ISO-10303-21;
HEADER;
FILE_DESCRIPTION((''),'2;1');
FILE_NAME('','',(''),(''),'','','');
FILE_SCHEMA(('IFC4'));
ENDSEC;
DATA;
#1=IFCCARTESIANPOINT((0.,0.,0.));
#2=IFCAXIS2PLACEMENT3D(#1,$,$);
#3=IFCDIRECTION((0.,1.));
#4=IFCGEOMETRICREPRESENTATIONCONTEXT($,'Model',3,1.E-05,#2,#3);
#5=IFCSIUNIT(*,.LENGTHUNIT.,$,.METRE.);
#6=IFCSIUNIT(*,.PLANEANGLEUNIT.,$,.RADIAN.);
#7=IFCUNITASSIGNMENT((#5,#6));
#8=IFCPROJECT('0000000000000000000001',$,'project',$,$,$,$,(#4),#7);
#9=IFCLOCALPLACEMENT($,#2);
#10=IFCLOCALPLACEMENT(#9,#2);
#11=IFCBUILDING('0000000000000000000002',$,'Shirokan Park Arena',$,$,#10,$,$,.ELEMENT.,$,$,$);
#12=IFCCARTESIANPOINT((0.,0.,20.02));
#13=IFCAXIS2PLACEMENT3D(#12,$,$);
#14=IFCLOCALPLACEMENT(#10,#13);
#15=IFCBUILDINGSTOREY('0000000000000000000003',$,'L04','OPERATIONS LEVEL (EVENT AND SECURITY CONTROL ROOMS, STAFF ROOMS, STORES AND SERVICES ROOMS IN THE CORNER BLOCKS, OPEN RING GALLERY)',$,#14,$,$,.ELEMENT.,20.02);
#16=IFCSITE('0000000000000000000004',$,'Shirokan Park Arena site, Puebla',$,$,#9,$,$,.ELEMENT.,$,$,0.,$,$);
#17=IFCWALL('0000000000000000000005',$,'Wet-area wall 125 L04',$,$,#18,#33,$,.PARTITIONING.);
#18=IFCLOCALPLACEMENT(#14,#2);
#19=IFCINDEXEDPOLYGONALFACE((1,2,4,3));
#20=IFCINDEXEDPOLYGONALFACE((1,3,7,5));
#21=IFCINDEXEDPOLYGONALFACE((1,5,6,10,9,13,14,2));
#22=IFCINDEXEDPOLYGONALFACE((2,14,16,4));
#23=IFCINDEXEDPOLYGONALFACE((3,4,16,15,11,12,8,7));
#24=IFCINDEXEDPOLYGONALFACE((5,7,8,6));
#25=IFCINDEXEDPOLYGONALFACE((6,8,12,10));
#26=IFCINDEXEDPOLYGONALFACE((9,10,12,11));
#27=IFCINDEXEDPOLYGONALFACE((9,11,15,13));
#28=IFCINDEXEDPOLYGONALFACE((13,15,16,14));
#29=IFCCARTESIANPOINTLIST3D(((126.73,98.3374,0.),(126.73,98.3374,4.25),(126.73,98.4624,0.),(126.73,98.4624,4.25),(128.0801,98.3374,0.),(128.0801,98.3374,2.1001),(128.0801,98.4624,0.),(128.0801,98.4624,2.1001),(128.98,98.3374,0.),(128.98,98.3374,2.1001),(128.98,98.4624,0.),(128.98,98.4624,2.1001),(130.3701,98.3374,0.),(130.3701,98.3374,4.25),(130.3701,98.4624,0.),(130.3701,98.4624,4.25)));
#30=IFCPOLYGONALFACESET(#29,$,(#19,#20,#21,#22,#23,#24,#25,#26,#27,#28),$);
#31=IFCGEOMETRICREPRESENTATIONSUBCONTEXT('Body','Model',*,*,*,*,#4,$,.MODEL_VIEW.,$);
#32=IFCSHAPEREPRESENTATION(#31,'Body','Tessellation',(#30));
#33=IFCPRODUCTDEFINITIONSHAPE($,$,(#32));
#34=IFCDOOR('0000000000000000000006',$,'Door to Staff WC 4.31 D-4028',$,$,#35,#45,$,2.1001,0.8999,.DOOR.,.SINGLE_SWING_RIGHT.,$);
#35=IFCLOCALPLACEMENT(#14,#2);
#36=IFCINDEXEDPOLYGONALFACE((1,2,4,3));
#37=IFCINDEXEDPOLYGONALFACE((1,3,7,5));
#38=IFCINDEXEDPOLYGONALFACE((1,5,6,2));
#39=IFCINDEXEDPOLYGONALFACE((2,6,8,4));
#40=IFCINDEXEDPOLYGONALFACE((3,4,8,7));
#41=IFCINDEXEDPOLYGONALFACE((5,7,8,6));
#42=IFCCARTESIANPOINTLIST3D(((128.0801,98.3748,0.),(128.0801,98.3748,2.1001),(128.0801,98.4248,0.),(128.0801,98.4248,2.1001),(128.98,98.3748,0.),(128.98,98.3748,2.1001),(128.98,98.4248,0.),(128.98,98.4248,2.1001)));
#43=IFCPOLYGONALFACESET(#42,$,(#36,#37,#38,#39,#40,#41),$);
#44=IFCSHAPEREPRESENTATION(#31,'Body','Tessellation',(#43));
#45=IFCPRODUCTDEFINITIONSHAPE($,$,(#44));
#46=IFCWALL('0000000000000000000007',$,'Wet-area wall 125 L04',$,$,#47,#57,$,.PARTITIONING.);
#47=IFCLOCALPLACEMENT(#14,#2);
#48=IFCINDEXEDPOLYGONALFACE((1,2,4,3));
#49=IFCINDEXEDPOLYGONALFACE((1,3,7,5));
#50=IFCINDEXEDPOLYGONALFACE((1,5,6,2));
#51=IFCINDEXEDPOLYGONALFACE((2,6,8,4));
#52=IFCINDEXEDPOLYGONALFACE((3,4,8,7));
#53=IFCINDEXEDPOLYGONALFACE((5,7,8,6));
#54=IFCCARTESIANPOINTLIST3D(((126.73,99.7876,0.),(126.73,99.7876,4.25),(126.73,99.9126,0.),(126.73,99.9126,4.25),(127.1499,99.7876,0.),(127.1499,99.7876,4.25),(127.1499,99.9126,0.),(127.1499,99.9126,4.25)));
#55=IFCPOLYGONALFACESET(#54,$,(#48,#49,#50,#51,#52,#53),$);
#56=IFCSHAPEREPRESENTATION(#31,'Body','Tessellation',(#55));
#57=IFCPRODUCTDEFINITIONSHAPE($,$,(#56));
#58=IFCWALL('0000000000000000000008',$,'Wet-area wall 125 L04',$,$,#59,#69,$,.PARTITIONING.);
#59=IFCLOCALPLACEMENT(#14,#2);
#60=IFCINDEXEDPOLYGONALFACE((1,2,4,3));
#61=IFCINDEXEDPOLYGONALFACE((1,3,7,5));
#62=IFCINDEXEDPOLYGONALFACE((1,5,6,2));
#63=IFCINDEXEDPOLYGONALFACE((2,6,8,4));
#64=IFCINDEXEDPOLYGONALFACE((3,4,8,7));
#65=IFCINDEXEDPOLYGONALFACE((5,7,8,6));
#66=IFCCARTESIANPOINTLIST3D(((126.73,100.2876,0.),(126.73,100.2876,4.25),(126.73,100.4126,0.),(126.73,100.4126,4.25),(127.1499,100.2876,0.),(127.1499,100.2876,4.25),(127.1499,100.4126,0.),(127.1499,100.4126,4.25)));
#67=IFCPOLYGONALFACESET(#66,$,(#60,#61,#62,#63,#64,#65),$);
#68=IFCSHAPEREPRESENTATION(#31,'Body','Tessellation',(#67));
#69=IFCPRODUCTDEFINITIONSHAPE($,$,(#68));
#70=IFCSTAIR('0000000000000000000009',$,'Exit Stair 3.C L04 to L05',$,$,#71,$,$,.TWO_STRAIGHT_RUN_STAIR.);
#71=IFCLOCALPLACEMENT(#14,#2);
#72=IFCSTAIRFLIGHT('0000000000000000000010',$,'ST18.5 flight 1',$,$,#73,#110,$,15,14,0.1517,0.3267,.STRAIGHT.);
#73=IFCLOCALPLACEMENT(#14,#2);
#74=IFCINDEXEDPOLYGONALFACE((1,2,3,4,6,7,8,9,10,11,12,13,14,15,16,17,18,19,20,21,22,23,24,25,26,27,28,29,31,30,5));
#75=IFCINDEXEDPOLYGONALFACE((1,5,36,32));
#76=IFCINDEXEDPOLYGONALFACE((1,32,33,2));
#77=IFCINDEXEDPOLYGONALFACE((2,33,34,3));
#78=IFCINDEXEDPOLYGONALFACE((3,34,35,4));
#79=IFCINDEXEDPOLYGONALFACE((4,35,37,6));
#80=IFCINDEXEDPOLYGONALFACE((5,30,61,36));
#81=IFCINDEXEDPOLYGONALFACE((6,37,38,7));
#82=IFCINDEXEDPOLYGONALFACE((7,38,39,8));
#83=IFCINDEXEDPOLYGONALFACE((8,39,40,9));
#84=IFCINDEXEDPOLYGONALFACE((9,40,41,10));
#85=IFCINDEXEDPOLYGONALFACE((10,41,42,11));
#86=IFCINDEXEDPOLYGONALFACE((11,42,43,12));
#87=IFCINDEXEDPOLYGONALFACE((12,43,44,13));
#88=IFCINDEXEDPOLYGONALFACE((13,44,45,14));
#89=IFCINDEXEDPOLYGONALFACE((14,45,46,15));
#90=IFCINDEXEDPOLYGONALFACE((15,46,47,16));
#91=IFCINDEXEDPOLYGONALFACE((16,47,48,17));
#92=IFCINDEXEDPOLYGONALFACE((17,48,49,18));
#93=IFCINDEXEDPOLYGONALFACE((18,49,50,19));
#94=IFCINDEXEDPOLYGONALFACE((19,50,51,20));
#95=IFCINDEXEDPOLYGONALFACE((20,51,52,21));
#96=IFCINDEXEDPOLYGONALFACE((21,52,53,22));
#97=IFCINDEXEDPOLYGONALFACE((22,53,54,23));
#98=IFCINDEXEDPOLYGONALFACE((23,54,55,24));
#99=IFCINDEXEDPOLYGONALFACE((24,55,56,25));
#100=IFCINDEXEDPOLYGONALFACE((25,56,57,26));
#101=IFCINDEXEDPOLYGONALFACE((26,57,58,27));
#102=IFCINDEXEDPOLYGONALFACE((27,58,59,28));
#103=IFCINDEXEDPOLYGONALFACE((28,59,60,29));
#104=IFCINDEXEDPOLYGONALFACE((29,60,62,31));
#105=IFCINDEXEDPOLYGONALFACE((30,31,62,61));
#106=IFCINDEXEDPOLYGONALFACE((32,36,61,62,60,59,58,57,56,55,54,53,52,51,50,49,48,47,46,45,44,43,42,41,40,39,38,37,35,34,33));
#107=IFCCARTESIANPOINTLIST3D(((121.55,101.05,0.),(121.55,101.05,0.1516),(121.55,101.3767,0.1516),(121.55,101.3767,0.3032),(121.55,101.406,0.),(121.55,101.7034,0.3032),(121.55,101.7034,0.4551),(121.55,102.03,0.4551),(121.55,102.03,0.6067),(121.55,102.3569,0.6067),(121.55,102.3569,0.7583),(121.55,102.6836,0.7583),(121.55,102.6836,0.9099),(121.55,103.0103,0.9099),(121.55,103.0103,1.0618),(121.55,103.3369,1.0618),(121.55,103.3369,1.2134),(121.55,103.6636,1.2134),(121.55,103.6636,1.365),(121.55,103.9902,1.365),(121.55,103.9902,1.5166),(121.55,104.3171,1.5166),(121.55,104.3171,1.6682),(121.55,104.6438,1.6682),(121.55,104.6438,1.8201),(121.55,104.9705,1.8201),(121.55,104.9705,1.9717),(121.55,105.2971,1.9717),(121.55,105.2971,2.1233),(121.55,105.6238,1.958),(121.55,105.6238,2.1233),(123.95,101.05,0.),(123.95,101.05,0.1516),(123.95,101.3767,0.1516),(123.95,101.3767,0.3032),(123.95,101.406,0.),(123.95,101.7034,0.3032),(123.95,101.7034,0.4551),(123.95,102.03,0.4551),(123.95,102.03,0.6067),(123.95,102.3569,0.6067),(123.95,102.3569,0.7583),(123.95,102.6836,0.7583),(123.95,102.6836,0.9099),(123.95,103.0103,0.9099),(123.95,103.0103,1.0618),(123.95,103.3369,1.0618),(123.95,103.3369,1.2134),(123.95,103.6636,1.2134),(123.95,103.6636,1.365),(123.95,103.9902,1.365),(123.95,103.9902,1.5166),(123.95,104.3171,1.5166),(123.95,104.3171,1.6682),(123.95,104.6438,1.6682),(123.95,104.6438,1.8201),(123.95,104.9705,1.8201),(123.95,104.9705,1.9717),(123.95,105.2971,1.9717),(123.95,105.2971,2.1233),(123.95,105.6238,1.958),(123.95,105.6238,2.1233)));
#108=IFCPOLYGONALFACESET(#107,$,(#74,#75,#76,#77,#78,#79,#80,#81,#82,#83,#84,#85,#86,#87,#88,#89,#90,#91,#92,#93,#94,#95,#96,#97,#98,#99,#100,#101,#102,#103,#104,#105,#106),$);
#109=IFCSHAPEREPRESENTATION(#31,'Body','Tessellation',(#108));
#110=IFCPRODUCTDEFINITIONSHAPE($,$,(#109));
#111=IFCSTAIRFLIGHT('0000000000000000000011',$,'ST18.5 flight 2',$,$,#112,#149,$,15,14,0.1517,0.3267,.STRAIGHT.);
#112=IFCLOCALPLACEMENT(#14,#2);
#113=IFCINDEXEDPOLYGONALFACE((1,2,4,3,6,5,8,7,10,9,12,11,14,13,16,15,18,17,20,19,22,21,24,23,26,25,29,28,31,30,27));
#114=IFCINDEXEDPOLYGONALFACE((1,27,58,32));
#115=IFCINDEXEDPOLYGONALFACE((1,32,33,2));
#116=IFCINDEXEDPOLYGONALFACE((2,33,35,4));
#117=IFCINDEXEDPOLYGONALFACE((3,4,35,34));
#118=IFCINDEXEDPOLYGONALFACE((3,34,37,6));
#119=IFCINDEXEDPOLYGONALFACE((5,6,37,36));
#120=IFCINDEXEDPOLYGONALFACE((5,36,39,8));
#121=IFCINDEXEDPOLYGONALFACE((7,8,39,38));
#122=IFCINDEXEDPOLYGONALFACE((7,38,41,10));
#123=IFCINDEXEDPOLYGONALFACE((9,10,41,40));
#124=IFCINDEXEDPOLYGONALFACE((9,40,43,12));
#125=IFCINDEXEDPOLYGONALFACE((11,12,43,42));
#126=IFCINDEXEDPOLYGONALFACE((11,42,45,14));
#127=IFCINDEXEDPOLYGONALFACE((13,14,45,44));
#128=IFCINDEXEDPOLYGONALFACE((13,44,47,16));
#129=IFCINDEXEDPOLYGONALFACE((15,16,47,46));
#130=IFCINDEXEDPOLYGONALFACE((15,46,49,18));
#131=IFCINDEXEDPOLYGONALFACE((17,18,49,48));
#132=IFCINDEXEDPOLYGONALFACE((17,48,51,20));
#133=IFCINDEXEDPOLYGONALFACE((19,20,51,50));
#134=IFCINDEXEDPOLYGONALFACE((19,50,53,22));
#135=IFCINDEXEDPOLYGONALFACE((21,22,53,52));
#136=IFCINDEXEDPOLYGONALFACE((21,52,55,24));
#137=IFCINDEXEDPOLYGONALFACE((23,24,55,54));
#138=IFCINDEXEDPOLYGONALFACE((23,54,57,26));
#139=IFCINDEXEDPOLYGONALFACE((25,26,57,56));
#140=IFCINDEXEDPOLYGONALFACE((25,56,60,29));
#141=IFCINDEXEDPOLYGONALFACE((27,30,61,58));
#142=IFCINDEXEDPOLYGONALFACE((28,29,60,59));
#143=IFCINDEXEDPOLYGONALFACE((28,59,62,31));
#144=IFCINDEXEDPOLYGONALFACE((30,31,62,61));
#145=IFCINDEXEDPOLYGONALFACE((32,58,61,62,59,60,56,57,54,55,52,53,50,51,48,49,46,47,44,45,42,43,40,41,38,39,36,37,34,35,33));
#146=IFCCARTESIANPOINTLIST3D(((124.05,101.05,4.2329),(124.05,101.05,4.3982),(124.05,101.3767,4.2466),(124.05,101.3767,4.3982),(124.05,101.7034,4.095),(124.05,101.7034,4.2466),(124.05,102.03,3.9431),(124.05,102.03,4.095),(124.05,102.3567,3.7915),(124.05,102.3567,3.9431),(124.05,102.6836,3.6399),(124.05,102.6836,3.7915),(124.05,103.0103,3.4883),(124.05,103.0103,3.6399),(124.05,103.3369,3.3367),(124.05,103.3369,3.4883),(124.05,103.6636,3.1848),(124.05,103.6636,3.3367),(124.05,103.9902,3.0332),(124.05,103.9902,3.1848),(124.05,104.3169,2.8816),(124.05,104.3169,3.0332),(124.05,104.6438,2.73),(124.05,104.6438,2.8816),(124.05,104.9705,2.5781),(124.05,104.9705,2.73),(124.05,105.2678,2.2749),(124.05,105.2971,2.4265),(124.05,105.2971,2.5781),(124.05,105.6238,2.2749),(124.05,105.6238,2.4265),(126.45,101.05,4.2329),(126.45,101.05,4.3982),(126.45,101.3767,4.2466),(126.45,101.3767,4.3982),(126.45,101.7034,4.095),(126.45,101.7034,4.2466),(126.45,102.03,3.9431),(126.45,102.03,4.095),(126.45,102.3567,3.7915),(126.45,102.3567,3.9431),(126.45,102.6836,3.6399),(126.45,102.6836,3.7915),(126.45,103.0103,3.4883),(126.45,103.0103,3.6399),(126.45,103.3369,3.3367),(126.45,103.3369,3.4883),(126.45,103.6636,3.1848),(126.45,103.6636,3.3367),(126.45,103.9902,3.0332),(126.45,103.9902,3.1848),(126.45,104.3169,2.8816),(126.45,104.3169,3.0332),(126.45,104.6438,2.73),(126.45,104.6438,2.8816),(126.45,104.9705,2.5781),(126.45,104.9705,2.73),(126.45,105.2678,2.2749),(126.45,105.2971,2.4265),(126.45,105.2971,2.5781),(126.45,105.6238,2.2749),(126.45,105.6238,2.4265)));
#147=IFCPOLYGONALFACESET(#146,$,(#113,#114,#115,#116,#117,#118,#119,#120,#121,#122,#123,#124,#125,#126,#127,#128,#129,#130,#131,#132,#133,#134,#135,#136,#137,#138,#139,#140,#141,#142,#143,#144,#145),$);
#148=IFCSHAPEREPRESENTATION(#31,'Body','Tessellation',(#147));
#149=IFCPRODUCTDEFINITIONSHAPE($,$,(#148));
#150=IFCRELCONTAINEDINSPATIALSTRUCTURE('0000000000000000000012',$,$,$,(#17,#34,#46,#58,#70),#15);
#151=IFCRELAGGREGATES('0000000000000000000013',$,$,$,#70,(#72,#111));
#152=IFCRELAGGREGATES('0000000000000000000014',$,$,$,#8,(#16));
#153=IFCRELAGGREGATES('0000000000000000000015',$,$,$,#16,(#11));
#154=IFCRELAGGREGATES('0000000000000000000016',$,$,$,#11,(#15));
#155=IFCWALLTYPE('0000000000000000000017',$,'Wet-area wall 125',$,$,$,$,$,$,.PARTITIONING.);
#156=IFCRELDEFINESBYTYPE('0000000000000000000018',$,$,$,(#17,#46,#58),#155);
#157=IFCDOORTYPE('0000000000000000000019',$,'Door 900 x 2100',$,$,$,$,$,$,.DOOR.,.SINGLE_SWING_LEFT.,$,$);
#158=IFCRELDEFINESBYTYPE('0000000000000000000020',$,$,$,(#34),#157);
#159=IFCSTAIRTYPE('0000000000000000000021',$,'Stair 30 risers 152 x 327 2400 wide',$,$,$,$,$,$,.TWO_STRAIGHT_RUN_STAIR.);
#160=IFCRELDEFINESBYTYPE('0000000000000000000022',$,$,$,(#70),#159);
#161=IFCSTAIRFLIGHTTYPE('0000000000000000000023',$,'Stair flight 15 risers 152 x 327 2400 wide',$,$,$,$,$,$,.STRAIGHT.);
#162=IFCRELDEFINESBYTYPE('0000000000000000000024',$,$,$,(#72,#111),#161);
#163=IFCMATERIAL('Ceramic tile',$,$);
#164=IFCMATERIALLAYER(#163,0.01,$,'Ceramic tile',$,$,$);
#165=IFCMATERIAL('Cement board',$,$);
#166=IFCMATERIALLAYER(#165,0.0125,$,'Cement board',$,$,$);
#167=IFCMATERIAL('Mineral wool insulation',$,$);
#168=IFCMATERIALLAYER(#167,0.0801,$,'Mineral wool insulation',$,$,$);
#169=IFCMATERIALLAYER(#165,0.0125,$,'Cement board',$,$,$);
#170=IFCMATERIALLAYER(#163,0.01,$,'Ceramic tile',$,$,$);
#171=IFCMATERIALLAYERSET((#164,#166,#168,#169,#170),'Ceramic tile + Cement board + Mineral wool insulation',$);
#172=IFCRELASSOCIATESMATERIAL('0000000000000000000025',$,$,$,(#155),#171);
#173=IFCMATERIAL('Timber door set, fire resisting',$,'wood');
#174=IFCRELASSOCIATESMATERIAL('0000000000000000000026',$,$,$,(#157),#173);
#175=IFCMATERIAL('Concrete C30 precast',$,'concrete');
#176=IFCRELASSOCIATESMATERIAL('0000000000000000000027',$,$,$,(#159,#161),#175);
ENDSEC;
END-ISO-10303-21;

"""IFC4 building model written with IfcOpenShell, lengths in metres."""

from ifc_helpers import new_model, si_unit, direction, frame, frame_2d, origin, place, context, subcontext, project, spatial, polyline, rectangle, outline, extrude, material, layer, layer_set, type_object, element, fill, aggregate, save


model = new_model("IFC4")

# Units and contexts
model_context = context("Model", 3, precision=1e-05, world=origin(), true_north=direction((0.0, 1.0)))
body_context = subcontext(model_context, "Body", "Model", "MODEL_VIEW")
ifc_project = project(units=[si_unit("LENGTHUNIT", "METRE"), si_unit("PLANEANGLEUNIT", "RADIAN")], contexts=[model_context])

# Site, building, storey
site_placement = place(None, origin())
site = spatial("IfcSite", under=ifc_project, at=site_placement, Name="Shirokan Park Arena site, Puebla", CompositionType="ELEMENT", RefElevation=0.0)
building_placement = place(site_placement, origin())
building = spatial("IfcBuilding", under=site, at=building_placement, Name="Shirokan Park Arena", CompositionType="ELEMENT")
storey_placement = place(building_placement, frame((0.0, 0.0, 20.02)))
storey = spatial("IfcBuildingStorey", under=building, at=storey_placement, Name="L04", Description="OPERATIONS LEVEL (EVENT AND SECURITY CONTROL ROOMS, STAFF ROOMS, STORES AND SERVICES ROOMS IN THE CORNER BLOCKS, OPEN RING GALLERY)", CompositionType="ELEMENT", Elevation=20.02)

# Shared definitions
ifc_material_1 = material(Name="Mineral wool insulation")

# Wall, opening, door
ifc_material_2 = material(Name="Ceramic tile")
ifc_layer_1 = layer(ifc_material_2, 0.01, Name="Ceramic tile")
ifc_material_3 = material(Name="Cement board")
ifc_layer_2 = layer(ifc_material_3, 0.0125, Name="Cement board")
ifc_layer_3 = layer(ifc_material_1, 0.0801, Name="Mineral wool insulation")
ifc_layer_4 = layer(ifc_material_3, 0.0125, Name="Cement board")
ifc_layer_5 = layer(ifc_material_2, 0.01, Name="Ceramic tile")
ifc_layer_set_1 = layer_set([ifc_layer_1, ifc_layer_2, ifc_layer_3, ifc_layer_4, ifc_layer_5], Name="Ceramic tile + Cement board + Mineral wool insulation")
wall_type_1 = type_object("IfcWallType", Name="Wet-area wall 125", PredefinedType="PARTITIONING", material=ifc_layer_set_1)
wall_1_placement = place(storey_placement, frame((126.73, 98.3999, 0.0), z_axis=(0.0, 0.0, 1.0), x_axis=(1.0, 0.0, 0.0)))
wall_1 = element("IfcWall", 1, at=wall_1_placement, inside=storey, type_object=wall_type_1, Name="Wet-area wall 125 L04", PredefinedType="PARTITIONING", context=body_context, shape_type="SweptSolid", body=[
    extrude(rectangle(XDim=3.6401, YDim=0.125, at=frame_2d((1.8201, 0.0))), origin(), (0.0, 0.0, 1.0), 4.25),
])
opening_1_placement = place(wall_1_placement, frame((1.3501, 0.0, 0.0)))
opening_1 = element("IfcOpeningElement", 2, at=opening_1_placement, cuts=wall_1, PredefinedType="OPENING", context=body_context, shape_type="SweptSolid", body=[
    extrude(rectangle(XDim=0.8999, YDim=2.1001, at=frame_2d((0.45, 1.05))), frame((0.0, 0.0725, 0.0), z_axis=(0.0, -1.0, 0.0), x_axis=(1.0, 0.0, 0.0)), (0.0, 0.0, 1.0), 0.145),
])
ifc_material_4 = material(Name="Timber door set, fire resisting", Category="wood")
door_type_1 = type_object("IfcDoorType", Name="Door 900 x 2100", OperationType="SINGLE_SWING_LEFT", PredefinedType="DOOR", material=ifc_material_4)
door_1_placement = place(opening_1_placement, origin())
door_1 = element("IfcDoor", 3, at=door_1_placement, inside=storey, type_object=door_type_1, Name="Door to Staff WC 4.31 D-4028", OperationType="SINGLE_SWING_RIGHT", OverallHeight=2.1001, OverallWidth=0.8999, PredefinedType="DOOR", context=body_context, shape_type="SweptSolid", body=[
    extrude(rectangle(XDim=0.8999, YDim=2.1001, at=frame_2d((0.45, 1.05))), frame((0.0, 0.0249, 0.0), z_axis=(0.0, -1.0, 0.0), x_axis=(1.0, 0.0, 0.0)), (0.0, 0.0, 1.0), 0.05),
])
fill(opening_1, door_1)

# Walls
for number, where, z_axis, x_axis, name in (
    (4, (126.73, 99.8501, 0.0), (0.0, 0.0, 1.0), (1.0, 0.0, 0.0), "Wet-area wall 125 L04"),
    (5, (127.1499, 100.3501, 0.0), (0.0, 0.0, 1.0), (-1.0, 0.0, 0.0), "Wet-area wall 125 L04"),
):
    element("IfcWall", number, at=place(storey_placement, frame(where, z_axis=z_axis, x_axis=x_axis)), inside=storey, type_object=wall_type_1, Name=name, PredefinedType="PARTITIONING", context=body_context, shape_type="SweptSolid", body=[
        extrude(rectangle(XDim=0.4199, YDim=0.125, at=frame_2d((0.21, 0.0))), origin(), (0.0, 0.0, 1.0), 4.25),
    ])

# Stair, stair flights
ifc_material_5 = material(Name="Concrete C30 precast", Category="concrete")
stair_type = type_object("IfcStairType", Name="Stair 30 risers 152 x 327 2400 wide", PredefinedType="TWO_STRAIGHT_RUN_STAIR", material=ifc_material_5)
stair_placement = place(storey_placement, origin())
stair = element("IfcStair", 6, at=stair_placement, inside=storey, type_object=stair_type, Name="Exit Stair 3.C L04 to L05", PredefinedType="TWO_STRAIGHT_RUN_STAIR")
stair_flight_type = type_object("IfcStairFlightType", Name="Stair flight 15 risers 152 x 327 2400 wide", PredefinedType="STRAIGHT", material=ifc_material_5)
stair_flight_1_placement = place(storey_placement, frame((122.75, 101.05, 0.0), z_axis=(0.0, 0.0, 1.0), x_axis=(0.0, 1.0, 0.0)))
stair_flight_1 = element("IfcStairFlight", 7, at=stair_flight_1_placement, type_object=stair_flight_type, Name="ST18.5 flight 1", NumberOfRisers=15, NumberOfTreads=14, PredefinedType="STRAIGHT", RiserHeight=0.1517, TreadLength=0.3267, context=body_context, shape_type="SweptSolid", body=[
    extrude(outline(polyline([(0.0, 0.0), (0.0, 0.1516), (0.3267, 0.1516), (0.3267, 0.3032), (0.6533, 0.3032), (0.6533, 0.4551), (0.98, 0.4551), (0.98, 0.6067), (1.3069, 0.6067), (1.3069, 0.7583), (1.6335, 0.7583), (1.6335, 0.9099), (1.9602, 0.9099), (1.9602, 1.0618), (2.2869, 1.0618), (2.2869, 1.2134), (2.6135, 1.2134), (2.6135, 1.365), (2.9402, 1.365), (2.9402, 1.5166), (3.2671, 1.5166), (3.2671, 1.6682), (3.5938, 1.6682), (3.5938, 1.8201), (3.9204, 1.8201), (3.9204, 1.9717), (4.2471, 1.9717), (4.2471, 2.1233), (4.5737, 2.1233), (4.5737, 2.2749), (4.5737, 1.958), (0.356, 0.0), (0.0, 0.0)])), frame((0.0, 1.2, 0.0), z_axis=(0.0, -1.0, 0.0), x_axis=(1.0, 0.0, 0.0)), (0.0, 0.0, 1.0), 2.3999),
])
stair_flight_2_placement = place(storey_placement, frame((125.25, 105.6238, 2.2749), z_axis=(0.0, 0.0, 1.0), x_axis=(0.0, -1.0, 0.0)))
stair_flight_2 = element("IfcStairFlight", 8, at=stair_flight_2_placement, type_object=stair_flight_type, Name="ST18.5 flight 2", NumberOfRisers=15, NumberOfTreads=14, PredefinedType="STRAIGHT", RiserHeight=0.1517, TreadLength=0.3267, context=body_context, shape_type="SweptSolid", body=[
    extrude(outline(polyline([(0.0, 0.0), (0.0, 0.1516), (0.3267, 0.1516), (0.3267, 0.3032), (0.6533, 0.3032), (0.6533, 0.4551), (0.98, 0.4551), (0.98, 0.6067), (1.3069, 0.6067), (1.3069, 0.7583), (1.6335, 0.7583), (1.6335, 0.9099), (1.9602, 0.9099), (1.9602, 1.0618), (2.2869, 1.0618), (2.2869, 1.2134), (2.6135, 1.2134), (2.6135, 1.365), (2.9402, 1.365), (2.9402, 1.5166), (3.2671, 1.5166), (3.2671, 1.6682), (3.5938, 1.6682), (3.5938, 1.8201), (3.9204, 1.8201), (3.9204, 1.9717), (4.2471, 1.9717), (4.2471, 2.1233), (4.5737, 2.1233), (4.5737, 2.2749), (4.5737, 1.958), (0.356, 0.0), (0.0, 0.0)])), frame((0.0, 1.2, 0.0), z_axis=(0.0, -1.0, 0.0), x_axis=(1.0, 0.0, 0.0)), (0.0, 0.0, 1.0), 2.3999),
])
aggregate(stair, [stair_flight_1, stair_flight_2])

save(model, "model.ifc")
